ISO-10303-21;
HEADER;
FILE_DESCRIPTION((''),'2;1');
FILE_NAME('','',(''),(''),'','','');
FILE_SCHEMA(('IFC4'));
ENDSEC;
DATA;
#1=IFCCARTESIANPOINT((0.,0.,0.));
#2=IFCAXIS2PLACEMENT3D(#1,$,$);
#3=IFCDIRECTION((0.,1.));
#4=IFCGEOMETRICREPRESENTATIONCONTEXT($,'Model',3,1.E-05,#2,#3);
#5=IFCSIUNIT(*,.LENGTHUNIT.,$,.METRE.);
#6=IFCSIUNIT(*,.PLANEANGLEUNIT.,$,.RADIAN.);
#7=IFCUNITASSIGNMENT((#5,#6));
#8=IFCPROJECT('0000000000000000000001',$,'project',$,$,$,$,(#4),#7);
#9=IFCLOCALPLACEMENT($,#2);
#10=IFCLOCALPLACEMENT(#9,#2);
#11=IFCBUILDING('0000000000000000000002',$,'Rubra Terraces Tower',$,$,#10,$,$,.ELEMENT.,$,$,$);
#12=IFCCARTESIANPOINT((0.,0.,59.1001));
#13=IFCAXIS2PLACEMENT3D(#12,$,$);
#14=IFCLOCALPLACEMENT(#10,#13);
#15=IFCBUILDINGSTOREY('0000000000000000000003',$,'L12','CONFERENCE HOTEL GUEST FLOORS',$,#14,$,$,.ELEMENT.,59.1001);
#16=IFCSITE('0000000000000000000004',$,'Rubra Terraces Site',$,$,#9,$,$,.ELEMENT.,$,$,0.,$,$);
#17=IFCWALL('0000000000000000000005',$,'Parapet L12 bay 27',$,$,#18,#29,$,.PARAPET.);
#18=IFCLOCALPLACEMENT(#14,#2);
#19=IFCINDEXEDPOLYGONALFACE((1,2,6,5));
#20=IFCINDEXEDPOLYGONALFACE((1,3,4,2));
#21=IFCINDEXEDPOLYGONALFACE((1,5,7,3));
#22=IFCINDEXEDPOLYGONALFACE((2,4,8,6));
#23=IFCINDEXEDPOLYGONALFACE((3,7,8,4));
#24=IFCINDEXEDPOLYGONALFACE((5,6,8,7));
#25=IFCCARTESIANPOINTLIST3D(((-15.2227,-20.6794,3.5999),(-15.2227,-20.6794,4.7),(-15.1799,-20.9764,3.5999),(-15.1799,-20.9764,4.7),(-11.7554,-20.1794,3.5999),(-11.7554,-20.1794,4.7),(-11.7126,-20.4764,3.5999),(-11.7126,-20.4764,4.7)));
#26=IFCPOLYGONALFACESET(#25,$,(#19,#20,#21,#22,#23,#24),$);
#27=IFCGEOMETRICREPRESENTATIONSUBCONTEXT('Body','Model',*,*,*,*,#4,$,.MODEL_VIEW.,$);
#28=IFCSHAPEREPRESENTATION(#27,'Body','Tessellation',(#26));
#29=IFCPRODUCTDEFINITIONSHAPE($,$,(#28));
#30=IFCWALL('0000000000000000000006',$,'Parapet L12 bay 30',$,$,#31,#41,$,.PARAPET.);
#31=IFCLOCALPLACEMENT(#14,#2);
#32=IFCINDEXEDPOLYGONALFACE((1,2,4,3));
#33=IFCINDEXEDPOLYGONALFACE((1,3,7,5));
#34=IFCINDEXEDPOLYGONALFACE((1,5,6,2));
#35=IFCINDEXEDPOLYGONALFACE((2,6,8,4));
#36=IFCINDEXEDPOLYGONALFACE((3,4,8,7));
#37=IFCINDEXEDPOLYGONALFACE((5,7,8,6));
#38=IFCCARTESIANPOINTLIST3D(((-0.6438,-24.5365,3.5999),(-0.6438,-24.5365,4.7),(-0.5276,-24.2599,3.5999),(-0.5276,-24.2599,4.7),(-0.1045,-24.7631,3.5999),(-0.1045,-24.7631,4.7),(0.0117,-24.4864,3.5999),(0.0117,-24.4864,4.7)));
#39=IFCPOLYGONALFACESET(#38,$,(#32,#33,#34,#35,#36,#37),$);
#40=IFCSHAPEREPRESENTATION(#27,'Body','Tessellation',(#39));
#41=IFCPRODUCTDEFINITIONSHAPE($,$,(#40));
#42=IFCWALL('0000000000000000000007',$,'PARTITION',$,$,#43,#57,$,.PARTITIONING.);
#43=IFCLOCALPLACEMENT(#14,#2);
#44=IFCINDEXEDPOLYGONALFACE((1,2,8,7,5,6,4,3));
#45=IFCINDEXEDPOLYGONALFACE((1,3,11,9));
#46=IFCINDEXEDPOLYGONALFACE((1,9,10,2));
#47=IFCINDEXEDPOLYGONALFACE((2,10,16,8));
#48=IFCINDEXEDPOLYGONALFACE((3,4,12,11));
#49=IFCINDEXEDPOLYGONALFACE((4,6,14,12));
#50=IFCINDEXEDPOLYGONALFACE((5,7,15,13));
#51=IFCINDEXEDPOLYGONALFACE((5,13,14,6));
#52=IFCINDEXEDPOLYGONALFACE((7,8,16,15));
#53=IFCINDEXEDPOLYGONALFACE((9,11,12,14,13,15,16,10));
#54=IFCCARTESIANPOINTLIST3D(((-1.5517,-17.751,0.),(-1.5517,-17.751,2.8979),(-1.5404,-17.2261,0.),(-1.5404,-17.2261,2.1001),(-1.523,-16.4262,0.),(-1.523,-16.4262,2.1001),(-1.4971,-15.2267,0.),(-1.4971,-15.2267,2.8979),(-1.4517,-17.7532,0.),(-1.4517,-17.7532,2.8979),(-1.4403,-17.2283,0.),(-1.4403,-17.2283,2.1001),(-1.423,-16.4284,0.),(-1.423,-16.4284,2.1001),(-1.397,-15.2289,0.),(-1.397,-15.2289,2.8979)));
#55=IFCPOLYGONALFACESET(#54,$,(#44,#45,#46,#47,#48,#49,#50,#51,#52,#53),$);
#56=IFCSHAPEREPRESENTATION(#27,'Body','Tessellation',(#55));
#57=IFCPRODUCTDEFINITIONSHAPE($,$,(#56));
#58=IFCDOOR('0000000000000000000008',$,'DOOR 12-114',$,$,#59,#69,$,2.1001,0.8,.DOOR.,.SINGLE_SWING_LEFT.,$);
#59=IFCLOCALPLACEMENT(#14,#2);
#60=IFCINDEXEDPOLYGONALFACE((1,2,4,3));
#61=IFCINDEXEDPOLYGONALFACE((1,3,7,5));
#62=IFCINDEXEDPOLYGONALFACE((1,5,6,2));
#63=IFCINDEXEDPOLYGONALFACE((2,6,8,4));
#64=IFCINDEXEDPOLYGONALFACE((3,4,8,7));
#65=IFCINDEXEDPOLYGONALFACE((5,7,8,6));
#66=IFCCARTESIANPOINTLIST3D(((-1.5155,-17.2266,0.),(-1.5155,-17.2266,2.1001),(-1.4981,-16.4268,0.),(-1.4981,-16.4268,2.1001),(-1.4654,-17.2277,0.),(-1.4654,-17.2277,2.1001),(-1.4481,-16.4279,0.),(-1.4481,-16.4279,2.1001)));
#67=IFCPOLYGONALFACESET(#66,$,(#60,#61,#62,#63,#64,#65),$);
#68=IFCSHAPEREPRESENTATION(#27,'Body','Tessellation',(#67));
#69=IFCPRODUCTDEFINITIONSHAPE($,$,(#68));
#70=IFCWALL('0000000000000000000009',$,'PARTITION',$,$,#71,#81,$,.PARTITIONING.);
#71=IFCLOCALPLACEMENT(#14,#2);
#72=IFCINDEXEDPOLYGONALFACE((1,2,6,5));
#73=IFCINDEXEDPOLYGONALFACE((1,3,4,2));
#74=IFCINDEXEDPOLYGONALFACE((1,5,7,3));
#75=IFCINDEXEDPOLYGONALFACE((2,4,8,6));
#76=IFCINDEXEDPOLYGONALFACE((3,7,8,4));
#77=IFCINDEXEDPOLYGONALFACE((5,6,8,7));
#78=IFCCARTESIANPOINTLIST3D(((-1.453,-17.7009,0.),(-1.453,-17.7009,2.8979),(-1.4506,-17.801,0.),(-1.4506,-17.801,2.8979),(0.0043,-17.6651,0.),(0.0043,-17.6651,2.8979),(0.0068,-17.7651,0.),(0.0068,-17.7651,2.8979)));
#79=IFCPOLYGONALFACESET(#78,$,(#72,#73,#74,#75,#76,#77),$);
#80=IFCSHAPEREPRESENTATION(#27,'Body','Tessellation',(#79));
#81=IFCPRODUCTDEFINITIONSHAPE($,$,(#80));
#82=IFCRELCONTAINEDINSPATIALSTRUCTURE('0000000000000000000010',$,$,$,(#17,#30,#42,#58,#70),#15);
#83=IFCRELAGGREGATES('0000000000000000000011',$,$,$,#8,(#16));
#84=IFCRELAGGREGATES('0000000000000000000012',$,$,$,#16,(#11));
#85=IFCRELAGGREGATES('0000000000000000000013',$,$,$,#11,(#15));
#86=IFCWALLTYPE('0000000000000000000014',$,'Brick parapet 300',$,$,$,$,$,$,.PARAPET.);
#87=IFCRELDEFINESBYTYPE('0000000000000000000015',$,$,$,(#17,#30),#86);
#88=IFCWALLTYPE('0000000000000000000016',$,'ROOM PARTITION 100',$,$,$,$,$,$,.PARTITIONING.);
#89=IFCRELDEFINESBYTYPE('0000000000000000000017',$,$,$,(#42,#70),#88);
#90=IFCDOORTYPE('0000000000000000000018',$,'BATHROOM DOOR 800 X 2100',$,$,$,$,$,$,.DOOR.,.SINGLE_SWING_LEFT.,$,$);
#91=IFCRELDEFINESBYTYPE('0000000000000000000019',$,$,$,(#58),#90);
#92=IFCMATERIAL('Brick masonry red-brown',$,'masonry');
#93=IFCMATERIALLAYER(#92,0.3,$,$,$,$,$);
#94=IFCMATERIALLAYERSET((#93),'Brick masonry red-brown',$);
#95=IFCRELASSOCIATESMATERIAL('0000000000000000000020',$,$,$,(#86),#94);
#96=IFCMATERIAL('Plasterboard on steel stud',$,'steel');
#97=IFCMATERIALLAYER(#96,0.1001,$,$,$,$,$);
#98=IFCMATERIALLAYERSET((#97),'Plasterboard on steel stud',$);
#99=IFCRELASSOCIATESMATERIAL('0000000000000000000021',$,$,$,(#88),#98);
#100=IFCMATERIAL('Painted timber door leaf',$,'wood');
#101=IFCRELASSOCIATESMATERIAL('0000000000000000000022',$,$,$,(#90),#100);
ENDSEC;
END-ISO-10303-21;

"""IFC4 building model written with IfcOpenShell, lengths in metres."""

from ifc_helpers import new_model, si_unit, direction, frame, frame_2d, origin, place, context, subcontext, project, spatial, rectangle, extrude, material, layer, layer_set, type_object, element, fill, save


model = new_model("IFC4")

# Units and contexts
model_context = context("Model", 3, precision=1e-05, world=origin(), true_north=direction((0.0, 1.0)))
body_context = subcontext(model_context, "Body", "Model", "MODEL_VIEW")
ifc_project = project(units=[si_unit("LENGTHUNIT", "METRE"), si_unit("PLANEANGLEUNIT", "RADIAN")], contexts=[model_context])

# Site, building, storey
site_placement = place(None, origin())
site = spatial("IfcSite", under=ifc_project, at=site_placement, Name="Rubra Terraces Site", CompositionType="ELEMENT", RefElevation=0.0)
building_placement = place(site_placement, origin())
building = spatial("IfcBuilding", under=site, at=building_placement, Name="Rubra Terraces Tower", CompositionType="ELEMENT")
storey_placement = place(building_placement, frame((0.0, 0.0, 59.1001)))
storey = spatial("IfcBuildingStorey", under=building, at=storey_placement, Name="L12", Description="CONFERENCE HOTEL GUEST FLOORS", CompositionType="ELEMENT", Elevation=59.1001)

# Shared definitions
ifc_material_1 = material(Name="Brick masonry red-brown", Category="masonry")

# Walls
ifc_layer_1 = layer(ifc_material_1, 0.3)
ifc_layer_set_1 = layer_set([ifc_layer_1], Name="Brick masonry red-brown")
wall_type_1 = type_object("IfcWallType", Name="Brick parapet 300", PredefinedType="PARAPET", material=ifc_layer_set_1)
wall_1_placement = place(storey_placement, frame((-15.2012, -20.8279, 3.5999), z_axis=(0.0, 0.0, 1.0), x_axis=(0.989762, 0.142729, 0.0)))
element("IfcWall", 1, at=wall_1_placement, inside=storey, type_object=wall_type_1, Name="Parapet L12 bay 27", PredefinedType="PARAPET", context=body_context, shape_type="SweptSolid", body=[
    extrude(rectangle(XDim=3.5032, YDim=0.3, at=frame_2d((1.7515, 0.0))), origin(), (0.0, 0.0, 1.0), 1.1001),
])
wall_2_placement = place(storey_placement, frame((-0.5857, -24.3982, 3.5999), z_axis=(0.0, 0.0, 1.0), x_axis=(0.921949, -0.387311, 0.0)))
element("IfcWall", 2, at=wall_2_placement, inside=storey, type_object=wall_type_1, Name="Parapet L12 bay 30", PredefinedType="PARAPET", context=body_context, shape_type="SweptSolid", body=[
    extrude(rectangle(XDim=0.585, YDim=0.3, at=frame_2d((0.2925, 0.0))), origin(), (0.0, 0.0, 1.0), 1.1001),
])

# Wall, opening, door
ifc_material_2 = material(Name="Plasterboard on steel stud", Category="steel")
ifc_layer_2 = layer(ifc_material_2, 0.1001)
ifc_layer_set_2 = layer_set([ifc_layer_2], Name="Plasterboard on steel stud")
wall_type_2 = type_object("IfcWallType", Name="ROOM PARTITION 100", PredefinedType="PARTITIONING", material=ifc_layer_set_2)
wall_3_placement = place(storey_placement, frame((-1.447, -15.2278, 0.0), z_axis=(0.0, 0.0, 1.0), x_axis=(-0.021658, -0.999765, 0.0)))
wall_3 = element("IfcWall", 3, at=wall_3_placement, inside=storey, type_object=wall_type_2, Name="PARTITION", PredefinedType="PARTITIONING", context=body_context, shape_type="SweptSolid", body=[
    extrude(rectangle(XDim=2.5249, YDim=0.1001, at=frame_2d((1.2625, 0.0))), origin(), (0.0, 0.0, 1.0), 2.8979),
])
opening_1_placement = place(wall_3_placement, frame((1.2, 0.0, 0.0)))
opening_1 = element("IfcOpeningElement", 4, at=opening_1_placement, cuts=wall_3, PredefinedType="OPENING", context=body_context, shape_type="SweptSolid", body=[
    extrude(rectangle(XDim=0.8, YDim=2.1001, at=frame_2d((0.3999, 1.05))), frame((0.0, 0.0601, 0.0), z_axis=(0.0, -1.0, 0.0), x_axis=(1.0, 0.0, 0.0)), (0.0, 0.0, 1.0), 0.1201),
])
ifc_material_3 = material(Name="Painted timber door leaf", Category="wood")
door_type = type_object("IfcDoorType", Name="BATHROOM DOOR 800 X 2100", OperationType="SINGLE_SWING_LEFT", PredefinedType="DOOR", material=ifc_material_3)
door_placement = place(opening_1_placement, origin())
door = element("IfcDoor", 5, at=door_placement, inside=storey, type_object=door_type, Name="DOOR 12-114", OperationType="SINGLE_SWING_LEFT", OverallHeight=2.1001, OverallWidth=0.8, PredefinedType="DOOR", context=body_context, shape_type="SweptSolid", body=[
    extrude(rectangle(XDim=0.8, YDim=2.1001, at=frame_2d((0.3999, 1.05))), frame((0.0, 0.0249, 0.0), z_axis=(0.0, -1.0, 0.0), x_axis=(1.0, 0.0, 0.0)), (0.0, 0.0, 1.0), 0.05),
])
fill(opening_1, door)

# Wall
wall_4_placement = place(storey_placement, frame((-1.4519, -17.751, 0.0), z_axis=(0.0, 0.0, 1.0), x_axis=(0.999697, 0.02462, 0.0)))
element("IfcWall", 6, at=wall_4_placement, inside=storey, type_object=wall_type_2, Name="PARTITION", PredefinedType="PARTITIONING", context=body_context, shape_type="SweptSolid", body=[
    extrude(rectangle(XDim=1.4578, YDim=0.1001, at=frame_2d((0.729, 0.0))), origin(), (0.0, 0.0, 1.0), 2.8979),
])

save(model, "model.ifc")
